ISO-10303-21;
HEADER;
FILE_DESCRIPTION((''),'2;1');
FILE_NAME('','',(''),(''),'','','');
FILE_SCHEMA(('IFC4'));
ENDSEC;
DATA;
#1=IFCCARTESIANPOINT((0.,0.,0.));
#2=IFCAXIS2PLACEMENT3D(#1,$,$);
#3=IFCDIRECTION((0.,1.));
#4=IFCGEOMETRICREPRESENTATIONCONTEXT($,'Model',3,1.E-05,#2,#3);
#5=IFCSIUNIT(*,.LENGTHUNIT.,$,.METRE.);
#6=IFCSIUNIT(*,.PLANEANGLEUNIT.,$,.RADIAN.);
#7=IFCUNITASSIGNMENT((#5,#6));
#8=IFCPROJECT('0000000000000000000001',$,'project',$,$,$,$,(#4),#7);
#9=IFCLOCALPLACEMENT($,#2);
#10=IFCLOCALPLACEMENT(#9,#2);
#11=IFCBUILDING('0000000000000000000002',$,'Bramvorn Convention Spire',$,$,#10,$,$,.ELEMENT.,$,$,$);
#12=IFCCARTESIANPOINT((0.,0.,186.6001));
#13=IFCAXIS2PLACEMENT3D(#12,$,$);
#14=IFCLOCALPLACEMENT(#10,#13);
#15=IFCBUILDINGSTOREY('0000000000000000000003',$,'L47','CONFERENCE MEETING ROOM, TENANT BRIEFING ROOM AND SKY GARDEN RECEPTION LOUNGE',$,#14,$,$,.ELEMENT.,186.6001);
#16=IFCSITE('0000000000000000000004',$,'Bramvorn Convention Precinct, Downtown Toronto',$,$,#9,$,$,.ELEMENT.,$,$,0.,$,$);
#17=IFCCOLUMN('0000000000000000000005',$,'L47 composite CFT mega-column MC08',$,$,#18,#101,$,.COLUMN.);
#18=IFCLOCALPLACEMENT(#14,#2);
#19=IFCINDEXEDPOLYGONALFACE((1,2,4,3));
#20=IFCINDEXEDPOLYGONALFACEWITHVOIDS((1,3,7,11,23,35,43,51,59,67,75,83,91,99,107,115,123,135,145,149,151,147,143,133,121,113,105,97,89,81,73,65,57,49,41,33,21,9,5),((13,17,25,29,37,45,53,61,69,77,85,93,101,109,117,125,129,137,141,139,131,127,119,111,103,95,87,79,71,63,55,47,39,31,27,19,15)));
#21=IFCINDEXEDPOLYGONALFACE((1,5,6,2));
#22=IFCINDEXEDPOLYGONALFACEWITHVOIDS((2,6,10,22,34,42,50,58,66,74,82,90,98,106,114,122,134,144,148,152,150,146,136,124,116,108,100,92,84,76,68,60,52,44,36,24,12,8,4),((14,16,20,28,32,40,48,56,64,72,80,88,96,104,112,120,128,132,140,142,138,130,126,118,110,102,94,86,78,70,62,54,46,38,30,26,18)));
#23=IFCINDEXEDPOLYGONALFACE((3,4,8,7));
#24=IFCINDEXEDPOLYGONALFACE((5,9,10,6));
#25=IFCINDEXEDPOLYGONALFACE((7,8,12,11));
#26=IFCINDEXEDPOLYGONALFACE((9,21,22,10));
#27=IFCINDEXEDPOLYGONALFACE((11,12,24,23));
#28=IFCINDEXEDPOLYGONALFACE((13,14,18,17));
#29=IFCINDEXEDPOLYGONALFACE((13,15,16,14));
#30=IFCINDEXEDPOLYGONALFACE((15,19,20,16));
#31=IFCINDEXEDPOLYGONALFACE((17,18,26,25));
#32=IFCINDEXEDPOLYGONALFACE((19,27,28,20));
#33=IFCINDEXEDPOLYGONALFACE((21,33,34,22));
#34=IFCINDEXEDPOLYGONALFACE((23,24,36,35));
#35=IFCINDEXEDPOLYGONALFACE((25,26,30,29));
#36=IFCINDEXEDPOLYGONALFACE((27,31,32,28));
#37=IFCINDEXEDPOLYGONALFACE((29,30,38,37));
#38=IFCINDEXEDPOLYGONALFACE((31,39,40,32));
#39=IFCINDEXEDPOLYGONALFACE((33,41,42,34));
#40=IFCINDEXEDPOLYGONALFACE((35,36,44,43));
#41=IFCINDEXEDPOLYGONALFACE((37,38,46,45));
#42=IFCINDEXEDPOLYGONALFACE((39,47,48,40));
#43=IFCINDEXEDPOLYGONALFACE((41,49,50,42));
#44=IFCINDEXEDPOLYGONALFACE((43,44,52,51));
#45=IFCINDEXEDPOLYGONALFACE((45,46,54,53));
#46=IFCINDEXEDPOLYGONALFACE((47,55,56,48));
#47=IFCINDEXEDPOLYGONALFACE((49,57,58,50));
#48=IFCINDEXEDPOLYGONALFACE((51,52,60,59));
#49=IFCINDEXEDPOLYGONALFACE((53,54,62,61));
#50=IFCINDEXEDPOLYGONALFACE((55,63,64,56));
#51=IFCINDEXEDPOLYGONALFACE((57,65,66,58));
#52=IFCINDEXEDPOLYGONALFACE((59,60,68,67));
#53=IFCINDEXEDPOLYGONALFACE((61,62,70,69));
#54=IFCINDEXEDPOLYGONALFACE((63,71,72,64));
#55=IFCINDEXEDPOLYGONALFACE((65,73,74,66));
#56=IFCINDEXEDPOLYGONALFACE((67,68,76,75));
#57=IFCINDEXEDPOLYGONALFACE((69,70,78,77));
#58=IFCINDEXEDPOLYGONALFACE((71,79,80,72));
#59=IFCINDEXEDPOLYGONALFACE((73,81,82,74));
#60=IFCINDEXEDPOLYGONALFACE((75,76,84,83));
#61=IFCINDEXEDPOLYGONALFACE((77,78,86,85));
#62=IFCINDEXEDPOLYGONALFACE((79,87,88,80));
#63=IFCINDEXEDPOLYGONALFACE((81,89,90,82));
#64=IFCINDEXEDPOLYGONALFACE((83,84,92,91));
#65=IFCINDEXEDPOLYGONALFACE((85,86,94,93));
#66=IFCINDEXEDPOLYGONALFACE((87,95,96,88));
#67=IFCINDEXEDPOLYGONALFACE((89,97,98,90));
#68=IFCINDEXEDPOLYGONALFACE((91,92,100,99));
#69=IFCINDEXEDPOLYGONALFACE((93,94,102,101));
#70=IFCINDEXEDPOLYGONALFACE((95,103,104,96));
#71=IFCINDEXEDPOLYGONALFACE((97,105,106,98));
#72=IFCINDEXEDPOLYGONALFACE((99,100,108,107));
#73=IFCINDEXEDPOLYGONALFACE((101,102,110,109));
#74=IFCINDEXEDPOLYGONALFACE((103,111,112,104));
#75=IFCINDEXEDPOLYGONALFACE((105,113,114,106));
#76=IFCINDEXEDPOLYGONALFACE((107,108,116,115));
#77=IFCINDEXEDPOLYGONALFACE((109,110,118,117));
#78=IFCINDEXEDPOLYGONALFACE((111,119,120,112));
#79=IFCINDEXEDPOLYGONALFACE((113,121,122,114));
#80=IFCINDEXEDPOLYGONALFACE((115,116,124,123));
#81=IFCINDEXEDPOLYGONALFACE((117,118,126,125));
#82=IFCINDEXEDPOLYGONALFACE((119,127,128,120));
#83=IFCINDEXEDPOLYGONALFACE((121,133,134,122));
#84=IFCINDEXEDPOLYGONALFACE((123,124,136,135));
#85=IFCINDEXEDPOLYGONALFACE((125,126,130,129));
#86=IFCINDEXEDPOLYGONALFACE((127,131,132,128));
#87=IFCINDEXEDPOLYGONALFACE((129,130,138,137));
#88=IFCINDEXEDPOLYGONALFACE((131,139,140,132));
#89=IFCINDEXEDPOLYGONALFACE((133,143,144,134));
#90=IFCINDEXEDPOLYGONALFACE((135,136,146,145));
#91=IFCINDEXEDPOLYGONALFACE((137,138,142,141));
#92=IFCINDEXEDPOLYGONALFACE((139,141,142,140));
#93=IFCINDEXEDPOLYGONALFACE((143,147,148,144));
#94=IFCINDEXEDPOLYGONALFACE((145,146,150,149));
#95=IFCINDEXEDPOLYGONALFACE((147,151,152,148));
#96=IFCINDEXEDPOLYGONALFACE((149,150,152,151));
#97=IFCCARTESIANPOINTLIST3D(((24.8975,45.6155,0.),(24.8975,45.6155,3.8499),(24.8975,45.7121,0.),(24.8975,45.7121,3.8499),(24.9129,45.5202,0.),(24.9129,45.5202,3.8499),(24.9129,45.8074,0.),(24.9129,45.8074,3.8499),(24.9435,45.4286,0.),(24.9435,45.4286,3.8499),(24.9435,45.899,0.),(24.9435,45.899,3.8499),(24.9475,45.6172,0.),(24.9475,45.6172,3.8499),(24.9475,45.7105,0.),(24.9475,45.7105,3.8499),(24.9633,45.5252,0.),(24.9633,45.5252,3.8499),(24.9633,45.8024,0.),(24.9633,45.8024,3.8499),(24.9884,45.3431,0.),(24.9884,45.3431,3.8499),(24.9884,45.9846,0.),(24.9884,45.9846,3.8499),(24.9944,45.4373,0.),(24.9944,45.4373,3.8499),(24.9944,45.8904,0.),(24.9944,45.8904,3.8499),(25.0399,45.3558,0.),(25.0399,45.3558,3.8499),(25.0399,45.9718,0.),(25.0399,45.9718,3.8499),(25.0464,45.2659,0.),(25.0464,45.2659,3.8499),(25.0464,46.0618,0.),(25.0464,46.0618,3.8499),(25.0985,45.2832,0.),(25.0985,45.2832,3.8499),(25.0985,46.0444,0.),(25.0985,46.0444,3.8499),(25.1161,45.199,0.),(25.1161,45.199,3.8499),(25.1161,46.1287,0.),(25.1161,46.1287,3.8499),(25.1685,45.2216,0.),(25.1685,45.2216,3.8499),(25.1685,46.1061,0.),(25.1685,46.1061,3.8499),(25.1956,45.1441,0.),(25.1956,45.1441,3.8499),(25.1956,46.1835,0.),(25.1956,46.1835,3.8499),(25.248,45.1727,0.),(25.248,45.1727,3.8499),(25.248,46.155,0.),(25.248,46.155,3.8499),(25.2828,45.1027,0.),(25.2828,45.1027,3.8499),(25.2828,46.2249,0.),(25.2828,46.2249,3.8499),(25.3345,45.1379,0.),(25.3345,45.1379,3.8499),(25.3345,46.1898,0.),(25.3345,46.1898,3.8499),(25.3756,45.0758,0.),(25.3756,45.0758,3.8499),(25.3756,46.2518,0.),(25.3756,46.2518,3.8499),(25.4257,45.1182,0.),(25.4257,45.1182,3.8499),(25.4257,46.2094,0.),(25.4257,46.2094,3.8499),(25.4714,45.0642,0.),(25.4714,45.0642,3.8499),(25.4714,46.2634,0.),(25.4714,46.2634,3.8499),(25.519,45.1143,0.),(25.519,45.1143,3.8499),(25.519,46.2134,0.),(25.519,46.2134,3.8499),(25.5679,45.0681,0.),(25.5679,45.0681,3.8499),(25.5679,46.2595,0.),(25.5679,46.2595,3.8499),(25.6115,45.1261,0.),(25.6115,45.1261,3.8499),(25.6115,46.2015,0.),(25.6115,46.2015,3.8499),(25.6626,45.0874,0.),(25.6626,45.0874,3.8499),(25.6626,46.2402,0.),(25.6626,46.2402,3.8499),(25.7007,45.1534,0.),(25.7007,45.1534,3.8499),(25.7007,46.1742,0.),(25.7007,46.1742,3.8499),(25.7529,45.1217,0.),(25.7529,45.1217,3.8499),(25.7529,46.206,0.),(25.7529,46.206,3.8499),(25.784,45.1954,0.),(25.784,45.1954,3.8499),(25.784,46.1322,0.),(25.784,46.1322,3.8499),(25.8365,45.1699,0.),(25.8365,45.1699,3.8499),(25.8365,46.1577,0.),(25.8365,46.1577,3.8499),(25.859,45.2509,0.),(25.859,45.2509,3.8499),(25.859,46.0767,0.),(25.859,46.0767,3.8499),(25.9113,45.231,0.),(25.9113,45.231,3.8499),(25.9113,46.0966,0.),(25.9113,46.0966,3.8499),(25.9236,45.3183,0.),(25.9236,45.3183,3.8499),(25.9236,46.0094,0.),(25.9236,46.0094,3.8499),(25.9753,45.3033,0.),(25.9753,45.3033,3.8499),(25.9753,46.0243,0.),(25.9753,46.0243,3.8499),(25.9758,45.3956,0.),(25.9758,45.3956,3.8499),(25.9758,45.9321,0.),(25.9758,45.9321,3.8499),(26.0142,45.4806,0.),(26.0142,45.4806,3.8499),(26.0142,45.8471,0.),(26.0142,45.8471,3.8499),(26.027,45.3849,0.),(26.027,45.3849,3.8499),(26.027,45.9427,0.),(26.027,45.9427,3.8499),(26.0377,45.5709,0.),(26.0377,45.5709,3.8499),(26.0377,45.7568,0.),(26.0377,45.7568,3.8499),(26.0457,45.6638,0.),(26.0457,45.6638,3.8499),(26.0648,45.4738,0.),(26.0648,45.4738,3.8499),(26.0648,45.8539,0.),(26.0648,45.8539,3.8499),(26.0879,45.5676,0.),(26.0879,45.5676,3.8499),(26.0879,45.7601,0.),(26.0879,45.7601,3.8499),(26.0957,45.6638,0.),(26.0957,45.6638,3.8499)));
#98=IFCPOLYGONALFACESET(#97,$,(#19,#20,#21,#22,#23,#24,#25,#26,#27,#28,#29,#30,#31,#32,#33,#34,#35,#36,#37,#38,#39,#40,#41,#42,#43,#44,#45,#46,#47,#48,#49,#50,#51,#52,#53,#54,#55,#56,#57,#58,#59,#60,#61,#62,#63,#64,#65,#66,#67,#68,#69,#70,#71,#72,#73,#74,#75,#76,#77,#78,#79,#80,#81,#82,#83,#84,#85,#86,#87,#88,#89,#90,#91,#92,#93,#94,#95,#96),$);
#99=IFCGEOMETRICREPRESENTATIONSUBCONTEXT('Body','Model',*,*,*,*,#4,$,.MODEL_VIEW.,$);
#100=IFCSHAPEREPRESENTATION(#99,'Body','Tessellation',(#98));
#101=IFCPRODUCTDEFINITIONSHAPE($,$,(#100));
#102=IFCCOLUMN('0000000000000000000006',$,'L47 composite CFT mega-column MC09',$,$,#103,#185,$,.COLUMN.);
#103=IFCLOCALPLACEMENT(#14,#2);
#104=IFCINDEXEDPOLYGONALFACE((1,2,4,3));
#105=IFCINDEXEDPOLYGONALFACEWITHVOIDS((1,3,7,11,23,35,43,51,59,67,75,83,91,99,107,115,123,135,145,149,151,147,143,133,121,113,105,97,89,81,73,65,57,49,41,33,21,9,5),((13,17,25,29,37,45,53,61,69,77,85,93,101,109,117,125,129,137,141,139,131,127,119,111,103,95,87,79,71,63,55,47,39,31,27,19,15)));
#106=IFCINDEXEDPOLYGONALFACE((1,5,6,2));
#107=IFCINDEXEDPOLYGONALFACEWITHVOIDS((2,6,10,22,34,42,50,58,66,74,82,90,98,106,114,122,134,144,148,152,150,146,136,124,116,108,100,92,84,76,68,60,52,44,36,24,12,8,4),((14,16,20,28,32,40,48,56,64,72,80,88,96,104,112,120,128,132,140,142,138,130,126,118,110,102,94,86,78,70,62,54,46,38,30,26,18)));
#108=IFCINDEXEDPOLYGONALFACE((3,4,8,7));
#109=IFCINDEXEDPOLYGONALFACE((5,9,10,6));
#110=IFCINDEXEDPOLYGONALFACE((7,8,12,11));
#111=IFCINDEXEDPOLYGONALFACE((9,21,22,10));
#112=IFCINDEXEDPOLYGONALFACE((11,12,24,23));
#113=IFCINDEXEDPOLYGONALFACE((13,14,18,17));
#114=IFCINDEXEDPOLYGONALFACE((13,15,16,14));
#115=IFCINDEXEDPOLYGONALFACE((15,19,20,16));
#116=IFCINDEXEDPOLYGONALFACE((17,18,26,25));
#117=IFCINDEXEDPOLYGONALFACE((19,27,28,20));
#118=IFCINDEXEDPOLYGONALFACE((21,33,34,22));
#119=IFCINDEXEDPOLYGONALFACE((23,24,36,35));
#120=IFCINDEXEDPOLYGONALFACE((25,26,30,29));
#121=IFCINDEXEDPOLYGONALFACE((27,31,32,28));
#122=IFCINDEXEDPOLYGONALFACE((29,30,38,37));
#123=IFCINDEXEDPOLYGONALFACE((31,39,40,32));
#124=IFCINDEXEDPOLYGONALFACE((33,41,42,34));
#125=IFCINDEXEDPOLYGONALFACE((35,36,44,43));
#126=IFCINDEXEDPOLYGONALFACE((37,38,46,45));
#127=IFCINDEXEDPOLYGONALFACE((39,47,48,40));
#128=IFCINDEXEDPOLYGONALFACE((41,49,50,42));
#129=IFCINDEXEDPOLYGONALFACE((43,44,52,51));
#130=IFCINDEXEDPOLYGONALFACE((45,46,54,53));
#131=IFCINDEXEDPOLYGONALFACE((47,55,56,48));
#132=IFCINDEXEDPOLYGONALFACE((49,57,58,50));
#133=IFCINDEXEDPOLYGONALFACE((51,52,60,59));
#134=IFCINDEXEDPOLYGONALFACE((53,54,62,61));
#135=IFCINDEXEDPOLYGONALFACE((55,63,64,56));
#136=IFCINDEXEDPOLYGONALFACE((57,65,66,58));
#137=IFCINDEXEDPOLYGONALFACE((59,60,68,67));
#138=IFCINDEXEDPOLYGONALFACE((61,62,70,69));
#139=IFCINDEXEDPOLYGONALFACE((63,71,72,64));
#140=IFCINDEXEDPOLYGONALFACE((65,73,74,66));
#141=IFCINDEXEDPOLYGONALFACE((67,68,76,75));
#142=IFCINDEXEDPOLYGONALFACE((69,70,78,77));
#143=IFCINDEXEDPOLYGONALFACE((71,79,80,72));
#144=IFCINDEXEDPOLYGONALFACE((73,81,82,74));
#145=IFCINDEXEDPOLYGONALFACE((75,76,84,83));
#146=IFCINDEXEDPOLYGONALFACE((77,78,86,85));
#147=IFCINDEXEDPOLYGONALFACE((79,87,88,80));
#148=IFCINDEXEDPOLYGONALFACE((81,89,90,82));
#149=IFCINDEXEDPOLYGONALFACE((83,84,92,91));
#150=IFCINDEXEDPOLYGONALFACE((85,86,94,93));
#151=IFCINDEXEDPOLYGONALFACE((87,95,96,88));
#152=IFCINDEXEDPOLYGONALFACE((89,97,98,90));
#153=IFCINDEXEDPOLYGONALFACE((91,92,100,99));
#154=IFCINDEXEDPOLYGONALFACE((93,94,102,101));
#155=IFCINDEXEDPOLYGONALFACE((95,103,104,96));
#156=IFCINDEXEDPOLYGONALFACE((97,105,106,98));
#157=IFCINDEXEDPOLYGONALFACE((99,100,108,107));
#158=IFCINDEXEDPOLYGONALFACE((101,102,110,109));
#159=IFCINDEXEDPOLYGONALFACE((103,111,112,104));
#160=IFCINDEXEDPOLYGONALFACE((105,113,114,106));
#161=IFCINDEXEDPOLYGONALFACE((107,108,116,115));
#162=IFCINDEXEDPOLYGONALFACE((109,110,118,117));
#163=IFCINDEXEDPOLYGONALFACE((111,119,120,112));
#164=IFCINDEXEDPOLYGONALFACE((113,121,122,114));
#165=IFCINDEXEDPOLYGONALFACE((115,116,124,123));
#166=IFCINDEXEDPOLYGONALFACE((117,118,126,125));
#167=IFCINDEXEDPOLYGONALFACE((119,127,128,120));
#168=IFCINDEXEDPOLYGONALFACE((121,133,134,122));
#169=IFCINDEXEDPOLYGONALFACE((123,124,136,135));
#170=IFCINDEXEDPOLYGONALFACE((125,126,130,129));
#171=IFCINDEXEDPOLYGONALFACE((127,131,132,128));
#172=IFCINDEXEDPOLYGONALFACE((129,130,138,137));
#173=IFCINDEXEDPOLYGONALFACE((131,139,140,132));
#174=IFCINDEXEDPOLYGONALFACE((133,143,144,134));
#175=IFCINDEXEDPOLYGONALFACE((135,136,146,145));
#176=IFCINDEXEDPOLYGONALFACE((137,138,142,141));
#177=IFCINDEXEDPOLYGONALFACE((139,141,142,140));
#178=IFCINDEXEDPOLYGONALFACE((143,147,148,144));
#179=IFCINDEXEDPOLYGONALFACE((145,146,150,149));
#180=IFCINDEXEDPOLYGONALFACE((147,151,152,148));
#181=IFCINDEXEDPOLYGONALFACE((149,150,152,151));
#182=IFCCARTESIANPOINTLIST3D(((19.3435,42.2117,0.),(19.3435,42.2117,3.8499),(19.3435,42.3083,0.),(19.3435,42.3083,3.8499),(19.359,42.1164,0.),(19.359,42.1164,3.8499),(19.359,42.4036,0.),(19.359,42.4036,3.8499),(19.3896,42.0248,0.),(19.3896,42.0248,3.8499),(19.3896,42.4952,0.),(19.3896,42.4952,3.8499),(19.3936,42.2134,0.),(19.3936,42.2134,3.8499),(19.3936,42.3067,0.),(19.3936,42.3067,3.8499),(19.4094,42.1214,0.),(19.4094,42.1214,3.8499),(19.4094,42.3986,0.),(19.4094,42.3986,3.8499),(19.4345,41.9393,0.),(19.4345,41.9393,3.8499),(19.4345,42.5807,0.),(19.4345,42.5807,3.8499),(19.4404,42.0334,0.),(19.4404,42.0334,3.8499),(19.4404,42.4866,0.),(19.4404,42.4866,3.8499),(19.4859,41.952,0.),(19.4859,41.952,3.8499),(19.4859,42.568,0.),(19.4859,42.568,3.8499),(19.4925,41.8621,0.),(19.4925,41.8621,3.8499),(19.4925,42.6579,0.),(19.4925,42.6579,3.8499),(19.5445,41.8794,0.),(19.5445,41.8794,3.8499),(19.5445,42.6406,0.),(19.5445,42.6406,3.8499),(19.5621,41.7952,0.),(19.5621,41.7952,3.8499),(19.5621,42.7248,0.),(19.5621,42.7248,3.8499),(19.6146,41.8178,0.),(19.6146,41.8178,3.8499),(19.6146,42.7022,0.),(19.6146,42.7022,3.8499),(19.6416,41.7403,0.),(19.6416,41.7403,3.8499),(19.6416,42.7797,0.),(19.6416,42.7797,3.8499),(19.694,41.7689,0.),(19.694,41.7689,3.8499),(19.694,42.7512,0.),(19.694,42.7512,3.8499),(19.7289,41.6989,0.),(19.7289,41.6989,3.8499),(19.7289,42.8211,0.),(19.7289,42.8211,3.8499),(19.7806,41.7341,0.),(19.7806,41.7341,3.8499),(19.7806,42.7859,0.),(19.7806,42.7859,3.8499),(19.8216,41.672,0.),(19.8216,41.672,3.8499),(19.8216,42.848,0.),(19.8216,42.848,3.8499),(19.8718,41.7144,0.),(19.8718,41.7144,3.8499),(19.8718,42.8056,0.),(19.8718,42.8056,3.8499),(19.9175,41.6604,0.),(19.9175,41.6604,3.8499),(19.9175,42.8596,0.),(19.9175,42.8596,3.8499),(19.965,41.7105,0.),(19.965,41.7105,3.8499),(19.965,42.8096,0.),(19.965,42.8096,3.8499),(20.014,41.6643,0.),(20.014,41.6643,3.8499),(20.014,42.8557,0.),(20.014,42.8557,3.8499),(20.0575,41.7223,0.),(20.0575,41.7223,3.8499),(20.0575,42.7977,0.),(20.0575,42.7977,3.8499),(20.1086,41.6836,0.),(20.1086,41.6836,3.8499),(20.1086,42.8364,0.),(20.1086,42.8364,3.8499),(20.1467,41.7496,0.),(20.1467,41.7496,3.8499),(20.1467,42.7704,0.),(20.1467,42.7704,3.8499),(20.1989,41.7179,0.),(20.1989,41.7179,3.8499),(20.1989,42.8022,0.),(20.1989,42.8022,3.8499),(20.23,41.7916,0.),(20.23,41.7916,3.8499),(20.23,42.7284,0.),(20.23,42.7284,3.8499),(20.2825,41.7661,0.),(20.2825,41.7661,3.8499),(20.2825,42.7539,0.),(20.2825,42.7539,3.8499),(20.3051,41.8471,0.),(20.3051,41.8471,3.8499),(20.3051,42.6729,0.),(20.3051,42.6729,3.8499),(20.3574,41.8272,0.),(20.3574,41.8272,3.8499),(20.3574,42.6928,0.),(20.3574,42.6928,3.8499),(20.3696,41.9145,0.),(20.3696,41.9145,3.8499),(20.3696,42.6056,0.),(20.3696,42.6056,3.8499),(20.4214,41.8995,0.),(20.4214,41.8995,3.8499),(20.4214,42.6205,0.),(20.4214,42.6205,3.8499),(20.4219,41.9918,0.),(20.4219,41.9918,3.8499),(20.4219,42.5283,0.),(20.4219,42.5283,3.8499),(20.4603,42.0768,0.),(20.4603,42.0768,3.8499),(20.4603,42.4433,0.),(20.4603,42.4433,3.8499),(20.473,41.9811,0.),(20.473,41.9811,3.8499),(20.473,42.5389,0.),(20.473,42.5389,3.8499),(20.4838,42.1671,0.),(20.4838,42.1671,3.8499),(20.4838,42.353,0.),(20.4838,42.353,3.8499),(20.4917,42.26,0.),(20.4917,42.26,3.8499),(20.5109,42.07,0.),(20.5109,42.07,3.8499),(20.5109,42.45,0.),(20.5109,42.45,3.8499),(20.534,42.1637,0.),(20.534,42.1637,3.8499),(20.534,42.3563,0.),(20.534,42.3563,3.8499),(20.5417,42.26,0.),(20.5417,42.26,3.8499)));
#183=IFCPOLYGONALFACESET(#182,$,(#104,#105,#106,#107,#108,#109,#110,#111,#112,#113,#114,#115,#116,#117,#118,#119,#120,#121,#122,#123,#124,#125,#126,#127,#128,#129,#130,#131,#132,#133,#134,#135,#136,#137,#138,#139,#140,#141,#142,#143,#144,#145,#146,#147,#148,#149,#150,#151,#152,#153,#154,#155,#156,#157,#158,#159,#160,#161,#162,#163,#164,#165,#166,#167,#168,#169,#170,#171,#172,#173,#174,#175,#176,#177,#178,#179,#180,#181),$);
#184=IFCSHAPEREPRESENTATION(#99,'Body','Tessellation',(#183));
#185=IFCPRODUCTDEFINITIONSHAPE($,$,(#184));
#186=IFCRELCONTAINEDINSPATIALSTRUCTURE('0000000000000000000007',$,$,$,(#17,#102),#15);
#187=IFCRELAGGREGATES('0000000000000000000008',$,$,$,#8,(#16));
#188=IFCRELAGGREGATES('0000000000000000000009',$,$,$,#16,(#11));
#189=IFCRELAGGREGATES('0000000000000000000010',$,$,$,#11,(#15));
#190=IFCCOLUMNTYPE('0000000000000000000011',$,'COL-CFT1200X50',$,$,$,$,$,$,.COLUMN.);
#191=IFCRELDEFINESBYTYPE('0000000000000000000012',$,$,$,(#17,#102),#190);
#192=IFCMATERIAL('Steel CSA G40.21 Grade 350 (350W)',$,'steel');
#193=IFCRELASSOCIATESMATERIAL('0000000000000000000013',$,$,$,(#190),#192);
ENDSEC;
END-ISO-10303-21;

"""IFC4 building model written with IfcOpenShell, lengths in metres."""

from ifc_helpers import new_model, si_unit, direction, frame, origin, origin_2d, place, context, subcontext, project, spatial, hollow_circle, extrude, material, material_profile, profile_set, type_object, element, save


model = new_model("IFC4")

# Units and contexts
model_context = context("Model", 3, precision=1e-05, world=origin(), true_north=direction((0.0, 1.0)))
body_context = subcontext(model_context, "Body", "Model", "MODEL_VIEW")
ifc_project = project(units=[si_unit("LENGTHUNIT", "METRE"), si_unit("PLANEANGLEUNIT", "RADIAN")], contexts=[model_context])

# Site, building, storey
site_placement = place(None, origin())
site = spatial("IfcSite", under=ifc_project, at=site_placement, Name="Bramvorn Convention Precinct, Downtown Toronto", CompositionType="ELEMENT", RefElevation=0.0)
building_placement = place(site_placement, origin())
building = spatial("IfcBuilding", under=site, at=building_placement, Name="Bramvorn Convention Spire", CompositionType="ELEMENT")
storey_placement = place(building_placement, frame((0.0, 0.0, 186.6001)))
storey = spatial("IfcBuildingStorey", under=building, at=storey_placement, Name="L47", Description="CONFERENCE MEETING ROOM, TENANT BRIEFING ROOM AND SKY GARDEN RECEPTION LOUNGE", CompositionType="ELEMENT", Elevation=186.6001)

# Columns
ifc_material_1 = material(Name="Steel CSA G40.21 Grade 350 (350W)", Category="steel")
ifc_material_profile_1 = material_profile(ifc_material_1, hollow_circle(Radius=0.6001, WallThickness=0.05, at=origin_2d()))
ifc_profile_set_1 = profile_set([ifc_material_profile_1], Name="Steel CSA G40.21 Grade 350 (350W) - CFT1200X50")
column_type = type_object("IfcColumnType", Name="COL-CFT1200X50", PredefinedType="COLUMN", material=ifc_profile_set_1)
for number, where, z_axis, x_axis, name in (
    (1, (25.4956, 45.6638, 0.0), (0.0, 0.0, 1.0), (1.0, 0.0, 0.0), "L47 composite CFT mega-column MC08"),
    (2, (19.9417, 42.26, 0.0), (0.0, 0.0, 1.0), (1.0, 0.0, 0.0), "L47 composite CFT mega-column MC09"),
):
    element("IfcColumn", number, at=place(storey_placement, frame(where, z_axis=z_axis, x_axis=x_axis)), inside=storey, type_object=column_type, Name=name, PredefinedType="COLUMN", context=body_context, shape_type="SweptSolid", body=[
        extrude(hollow_circle(Radius=0.6001, WallThickness=0.05, at=origin_2d()), origin(), (0.0, 0.0, 1.0), 3.8499),
    ])

save(model, "model.ifc")
